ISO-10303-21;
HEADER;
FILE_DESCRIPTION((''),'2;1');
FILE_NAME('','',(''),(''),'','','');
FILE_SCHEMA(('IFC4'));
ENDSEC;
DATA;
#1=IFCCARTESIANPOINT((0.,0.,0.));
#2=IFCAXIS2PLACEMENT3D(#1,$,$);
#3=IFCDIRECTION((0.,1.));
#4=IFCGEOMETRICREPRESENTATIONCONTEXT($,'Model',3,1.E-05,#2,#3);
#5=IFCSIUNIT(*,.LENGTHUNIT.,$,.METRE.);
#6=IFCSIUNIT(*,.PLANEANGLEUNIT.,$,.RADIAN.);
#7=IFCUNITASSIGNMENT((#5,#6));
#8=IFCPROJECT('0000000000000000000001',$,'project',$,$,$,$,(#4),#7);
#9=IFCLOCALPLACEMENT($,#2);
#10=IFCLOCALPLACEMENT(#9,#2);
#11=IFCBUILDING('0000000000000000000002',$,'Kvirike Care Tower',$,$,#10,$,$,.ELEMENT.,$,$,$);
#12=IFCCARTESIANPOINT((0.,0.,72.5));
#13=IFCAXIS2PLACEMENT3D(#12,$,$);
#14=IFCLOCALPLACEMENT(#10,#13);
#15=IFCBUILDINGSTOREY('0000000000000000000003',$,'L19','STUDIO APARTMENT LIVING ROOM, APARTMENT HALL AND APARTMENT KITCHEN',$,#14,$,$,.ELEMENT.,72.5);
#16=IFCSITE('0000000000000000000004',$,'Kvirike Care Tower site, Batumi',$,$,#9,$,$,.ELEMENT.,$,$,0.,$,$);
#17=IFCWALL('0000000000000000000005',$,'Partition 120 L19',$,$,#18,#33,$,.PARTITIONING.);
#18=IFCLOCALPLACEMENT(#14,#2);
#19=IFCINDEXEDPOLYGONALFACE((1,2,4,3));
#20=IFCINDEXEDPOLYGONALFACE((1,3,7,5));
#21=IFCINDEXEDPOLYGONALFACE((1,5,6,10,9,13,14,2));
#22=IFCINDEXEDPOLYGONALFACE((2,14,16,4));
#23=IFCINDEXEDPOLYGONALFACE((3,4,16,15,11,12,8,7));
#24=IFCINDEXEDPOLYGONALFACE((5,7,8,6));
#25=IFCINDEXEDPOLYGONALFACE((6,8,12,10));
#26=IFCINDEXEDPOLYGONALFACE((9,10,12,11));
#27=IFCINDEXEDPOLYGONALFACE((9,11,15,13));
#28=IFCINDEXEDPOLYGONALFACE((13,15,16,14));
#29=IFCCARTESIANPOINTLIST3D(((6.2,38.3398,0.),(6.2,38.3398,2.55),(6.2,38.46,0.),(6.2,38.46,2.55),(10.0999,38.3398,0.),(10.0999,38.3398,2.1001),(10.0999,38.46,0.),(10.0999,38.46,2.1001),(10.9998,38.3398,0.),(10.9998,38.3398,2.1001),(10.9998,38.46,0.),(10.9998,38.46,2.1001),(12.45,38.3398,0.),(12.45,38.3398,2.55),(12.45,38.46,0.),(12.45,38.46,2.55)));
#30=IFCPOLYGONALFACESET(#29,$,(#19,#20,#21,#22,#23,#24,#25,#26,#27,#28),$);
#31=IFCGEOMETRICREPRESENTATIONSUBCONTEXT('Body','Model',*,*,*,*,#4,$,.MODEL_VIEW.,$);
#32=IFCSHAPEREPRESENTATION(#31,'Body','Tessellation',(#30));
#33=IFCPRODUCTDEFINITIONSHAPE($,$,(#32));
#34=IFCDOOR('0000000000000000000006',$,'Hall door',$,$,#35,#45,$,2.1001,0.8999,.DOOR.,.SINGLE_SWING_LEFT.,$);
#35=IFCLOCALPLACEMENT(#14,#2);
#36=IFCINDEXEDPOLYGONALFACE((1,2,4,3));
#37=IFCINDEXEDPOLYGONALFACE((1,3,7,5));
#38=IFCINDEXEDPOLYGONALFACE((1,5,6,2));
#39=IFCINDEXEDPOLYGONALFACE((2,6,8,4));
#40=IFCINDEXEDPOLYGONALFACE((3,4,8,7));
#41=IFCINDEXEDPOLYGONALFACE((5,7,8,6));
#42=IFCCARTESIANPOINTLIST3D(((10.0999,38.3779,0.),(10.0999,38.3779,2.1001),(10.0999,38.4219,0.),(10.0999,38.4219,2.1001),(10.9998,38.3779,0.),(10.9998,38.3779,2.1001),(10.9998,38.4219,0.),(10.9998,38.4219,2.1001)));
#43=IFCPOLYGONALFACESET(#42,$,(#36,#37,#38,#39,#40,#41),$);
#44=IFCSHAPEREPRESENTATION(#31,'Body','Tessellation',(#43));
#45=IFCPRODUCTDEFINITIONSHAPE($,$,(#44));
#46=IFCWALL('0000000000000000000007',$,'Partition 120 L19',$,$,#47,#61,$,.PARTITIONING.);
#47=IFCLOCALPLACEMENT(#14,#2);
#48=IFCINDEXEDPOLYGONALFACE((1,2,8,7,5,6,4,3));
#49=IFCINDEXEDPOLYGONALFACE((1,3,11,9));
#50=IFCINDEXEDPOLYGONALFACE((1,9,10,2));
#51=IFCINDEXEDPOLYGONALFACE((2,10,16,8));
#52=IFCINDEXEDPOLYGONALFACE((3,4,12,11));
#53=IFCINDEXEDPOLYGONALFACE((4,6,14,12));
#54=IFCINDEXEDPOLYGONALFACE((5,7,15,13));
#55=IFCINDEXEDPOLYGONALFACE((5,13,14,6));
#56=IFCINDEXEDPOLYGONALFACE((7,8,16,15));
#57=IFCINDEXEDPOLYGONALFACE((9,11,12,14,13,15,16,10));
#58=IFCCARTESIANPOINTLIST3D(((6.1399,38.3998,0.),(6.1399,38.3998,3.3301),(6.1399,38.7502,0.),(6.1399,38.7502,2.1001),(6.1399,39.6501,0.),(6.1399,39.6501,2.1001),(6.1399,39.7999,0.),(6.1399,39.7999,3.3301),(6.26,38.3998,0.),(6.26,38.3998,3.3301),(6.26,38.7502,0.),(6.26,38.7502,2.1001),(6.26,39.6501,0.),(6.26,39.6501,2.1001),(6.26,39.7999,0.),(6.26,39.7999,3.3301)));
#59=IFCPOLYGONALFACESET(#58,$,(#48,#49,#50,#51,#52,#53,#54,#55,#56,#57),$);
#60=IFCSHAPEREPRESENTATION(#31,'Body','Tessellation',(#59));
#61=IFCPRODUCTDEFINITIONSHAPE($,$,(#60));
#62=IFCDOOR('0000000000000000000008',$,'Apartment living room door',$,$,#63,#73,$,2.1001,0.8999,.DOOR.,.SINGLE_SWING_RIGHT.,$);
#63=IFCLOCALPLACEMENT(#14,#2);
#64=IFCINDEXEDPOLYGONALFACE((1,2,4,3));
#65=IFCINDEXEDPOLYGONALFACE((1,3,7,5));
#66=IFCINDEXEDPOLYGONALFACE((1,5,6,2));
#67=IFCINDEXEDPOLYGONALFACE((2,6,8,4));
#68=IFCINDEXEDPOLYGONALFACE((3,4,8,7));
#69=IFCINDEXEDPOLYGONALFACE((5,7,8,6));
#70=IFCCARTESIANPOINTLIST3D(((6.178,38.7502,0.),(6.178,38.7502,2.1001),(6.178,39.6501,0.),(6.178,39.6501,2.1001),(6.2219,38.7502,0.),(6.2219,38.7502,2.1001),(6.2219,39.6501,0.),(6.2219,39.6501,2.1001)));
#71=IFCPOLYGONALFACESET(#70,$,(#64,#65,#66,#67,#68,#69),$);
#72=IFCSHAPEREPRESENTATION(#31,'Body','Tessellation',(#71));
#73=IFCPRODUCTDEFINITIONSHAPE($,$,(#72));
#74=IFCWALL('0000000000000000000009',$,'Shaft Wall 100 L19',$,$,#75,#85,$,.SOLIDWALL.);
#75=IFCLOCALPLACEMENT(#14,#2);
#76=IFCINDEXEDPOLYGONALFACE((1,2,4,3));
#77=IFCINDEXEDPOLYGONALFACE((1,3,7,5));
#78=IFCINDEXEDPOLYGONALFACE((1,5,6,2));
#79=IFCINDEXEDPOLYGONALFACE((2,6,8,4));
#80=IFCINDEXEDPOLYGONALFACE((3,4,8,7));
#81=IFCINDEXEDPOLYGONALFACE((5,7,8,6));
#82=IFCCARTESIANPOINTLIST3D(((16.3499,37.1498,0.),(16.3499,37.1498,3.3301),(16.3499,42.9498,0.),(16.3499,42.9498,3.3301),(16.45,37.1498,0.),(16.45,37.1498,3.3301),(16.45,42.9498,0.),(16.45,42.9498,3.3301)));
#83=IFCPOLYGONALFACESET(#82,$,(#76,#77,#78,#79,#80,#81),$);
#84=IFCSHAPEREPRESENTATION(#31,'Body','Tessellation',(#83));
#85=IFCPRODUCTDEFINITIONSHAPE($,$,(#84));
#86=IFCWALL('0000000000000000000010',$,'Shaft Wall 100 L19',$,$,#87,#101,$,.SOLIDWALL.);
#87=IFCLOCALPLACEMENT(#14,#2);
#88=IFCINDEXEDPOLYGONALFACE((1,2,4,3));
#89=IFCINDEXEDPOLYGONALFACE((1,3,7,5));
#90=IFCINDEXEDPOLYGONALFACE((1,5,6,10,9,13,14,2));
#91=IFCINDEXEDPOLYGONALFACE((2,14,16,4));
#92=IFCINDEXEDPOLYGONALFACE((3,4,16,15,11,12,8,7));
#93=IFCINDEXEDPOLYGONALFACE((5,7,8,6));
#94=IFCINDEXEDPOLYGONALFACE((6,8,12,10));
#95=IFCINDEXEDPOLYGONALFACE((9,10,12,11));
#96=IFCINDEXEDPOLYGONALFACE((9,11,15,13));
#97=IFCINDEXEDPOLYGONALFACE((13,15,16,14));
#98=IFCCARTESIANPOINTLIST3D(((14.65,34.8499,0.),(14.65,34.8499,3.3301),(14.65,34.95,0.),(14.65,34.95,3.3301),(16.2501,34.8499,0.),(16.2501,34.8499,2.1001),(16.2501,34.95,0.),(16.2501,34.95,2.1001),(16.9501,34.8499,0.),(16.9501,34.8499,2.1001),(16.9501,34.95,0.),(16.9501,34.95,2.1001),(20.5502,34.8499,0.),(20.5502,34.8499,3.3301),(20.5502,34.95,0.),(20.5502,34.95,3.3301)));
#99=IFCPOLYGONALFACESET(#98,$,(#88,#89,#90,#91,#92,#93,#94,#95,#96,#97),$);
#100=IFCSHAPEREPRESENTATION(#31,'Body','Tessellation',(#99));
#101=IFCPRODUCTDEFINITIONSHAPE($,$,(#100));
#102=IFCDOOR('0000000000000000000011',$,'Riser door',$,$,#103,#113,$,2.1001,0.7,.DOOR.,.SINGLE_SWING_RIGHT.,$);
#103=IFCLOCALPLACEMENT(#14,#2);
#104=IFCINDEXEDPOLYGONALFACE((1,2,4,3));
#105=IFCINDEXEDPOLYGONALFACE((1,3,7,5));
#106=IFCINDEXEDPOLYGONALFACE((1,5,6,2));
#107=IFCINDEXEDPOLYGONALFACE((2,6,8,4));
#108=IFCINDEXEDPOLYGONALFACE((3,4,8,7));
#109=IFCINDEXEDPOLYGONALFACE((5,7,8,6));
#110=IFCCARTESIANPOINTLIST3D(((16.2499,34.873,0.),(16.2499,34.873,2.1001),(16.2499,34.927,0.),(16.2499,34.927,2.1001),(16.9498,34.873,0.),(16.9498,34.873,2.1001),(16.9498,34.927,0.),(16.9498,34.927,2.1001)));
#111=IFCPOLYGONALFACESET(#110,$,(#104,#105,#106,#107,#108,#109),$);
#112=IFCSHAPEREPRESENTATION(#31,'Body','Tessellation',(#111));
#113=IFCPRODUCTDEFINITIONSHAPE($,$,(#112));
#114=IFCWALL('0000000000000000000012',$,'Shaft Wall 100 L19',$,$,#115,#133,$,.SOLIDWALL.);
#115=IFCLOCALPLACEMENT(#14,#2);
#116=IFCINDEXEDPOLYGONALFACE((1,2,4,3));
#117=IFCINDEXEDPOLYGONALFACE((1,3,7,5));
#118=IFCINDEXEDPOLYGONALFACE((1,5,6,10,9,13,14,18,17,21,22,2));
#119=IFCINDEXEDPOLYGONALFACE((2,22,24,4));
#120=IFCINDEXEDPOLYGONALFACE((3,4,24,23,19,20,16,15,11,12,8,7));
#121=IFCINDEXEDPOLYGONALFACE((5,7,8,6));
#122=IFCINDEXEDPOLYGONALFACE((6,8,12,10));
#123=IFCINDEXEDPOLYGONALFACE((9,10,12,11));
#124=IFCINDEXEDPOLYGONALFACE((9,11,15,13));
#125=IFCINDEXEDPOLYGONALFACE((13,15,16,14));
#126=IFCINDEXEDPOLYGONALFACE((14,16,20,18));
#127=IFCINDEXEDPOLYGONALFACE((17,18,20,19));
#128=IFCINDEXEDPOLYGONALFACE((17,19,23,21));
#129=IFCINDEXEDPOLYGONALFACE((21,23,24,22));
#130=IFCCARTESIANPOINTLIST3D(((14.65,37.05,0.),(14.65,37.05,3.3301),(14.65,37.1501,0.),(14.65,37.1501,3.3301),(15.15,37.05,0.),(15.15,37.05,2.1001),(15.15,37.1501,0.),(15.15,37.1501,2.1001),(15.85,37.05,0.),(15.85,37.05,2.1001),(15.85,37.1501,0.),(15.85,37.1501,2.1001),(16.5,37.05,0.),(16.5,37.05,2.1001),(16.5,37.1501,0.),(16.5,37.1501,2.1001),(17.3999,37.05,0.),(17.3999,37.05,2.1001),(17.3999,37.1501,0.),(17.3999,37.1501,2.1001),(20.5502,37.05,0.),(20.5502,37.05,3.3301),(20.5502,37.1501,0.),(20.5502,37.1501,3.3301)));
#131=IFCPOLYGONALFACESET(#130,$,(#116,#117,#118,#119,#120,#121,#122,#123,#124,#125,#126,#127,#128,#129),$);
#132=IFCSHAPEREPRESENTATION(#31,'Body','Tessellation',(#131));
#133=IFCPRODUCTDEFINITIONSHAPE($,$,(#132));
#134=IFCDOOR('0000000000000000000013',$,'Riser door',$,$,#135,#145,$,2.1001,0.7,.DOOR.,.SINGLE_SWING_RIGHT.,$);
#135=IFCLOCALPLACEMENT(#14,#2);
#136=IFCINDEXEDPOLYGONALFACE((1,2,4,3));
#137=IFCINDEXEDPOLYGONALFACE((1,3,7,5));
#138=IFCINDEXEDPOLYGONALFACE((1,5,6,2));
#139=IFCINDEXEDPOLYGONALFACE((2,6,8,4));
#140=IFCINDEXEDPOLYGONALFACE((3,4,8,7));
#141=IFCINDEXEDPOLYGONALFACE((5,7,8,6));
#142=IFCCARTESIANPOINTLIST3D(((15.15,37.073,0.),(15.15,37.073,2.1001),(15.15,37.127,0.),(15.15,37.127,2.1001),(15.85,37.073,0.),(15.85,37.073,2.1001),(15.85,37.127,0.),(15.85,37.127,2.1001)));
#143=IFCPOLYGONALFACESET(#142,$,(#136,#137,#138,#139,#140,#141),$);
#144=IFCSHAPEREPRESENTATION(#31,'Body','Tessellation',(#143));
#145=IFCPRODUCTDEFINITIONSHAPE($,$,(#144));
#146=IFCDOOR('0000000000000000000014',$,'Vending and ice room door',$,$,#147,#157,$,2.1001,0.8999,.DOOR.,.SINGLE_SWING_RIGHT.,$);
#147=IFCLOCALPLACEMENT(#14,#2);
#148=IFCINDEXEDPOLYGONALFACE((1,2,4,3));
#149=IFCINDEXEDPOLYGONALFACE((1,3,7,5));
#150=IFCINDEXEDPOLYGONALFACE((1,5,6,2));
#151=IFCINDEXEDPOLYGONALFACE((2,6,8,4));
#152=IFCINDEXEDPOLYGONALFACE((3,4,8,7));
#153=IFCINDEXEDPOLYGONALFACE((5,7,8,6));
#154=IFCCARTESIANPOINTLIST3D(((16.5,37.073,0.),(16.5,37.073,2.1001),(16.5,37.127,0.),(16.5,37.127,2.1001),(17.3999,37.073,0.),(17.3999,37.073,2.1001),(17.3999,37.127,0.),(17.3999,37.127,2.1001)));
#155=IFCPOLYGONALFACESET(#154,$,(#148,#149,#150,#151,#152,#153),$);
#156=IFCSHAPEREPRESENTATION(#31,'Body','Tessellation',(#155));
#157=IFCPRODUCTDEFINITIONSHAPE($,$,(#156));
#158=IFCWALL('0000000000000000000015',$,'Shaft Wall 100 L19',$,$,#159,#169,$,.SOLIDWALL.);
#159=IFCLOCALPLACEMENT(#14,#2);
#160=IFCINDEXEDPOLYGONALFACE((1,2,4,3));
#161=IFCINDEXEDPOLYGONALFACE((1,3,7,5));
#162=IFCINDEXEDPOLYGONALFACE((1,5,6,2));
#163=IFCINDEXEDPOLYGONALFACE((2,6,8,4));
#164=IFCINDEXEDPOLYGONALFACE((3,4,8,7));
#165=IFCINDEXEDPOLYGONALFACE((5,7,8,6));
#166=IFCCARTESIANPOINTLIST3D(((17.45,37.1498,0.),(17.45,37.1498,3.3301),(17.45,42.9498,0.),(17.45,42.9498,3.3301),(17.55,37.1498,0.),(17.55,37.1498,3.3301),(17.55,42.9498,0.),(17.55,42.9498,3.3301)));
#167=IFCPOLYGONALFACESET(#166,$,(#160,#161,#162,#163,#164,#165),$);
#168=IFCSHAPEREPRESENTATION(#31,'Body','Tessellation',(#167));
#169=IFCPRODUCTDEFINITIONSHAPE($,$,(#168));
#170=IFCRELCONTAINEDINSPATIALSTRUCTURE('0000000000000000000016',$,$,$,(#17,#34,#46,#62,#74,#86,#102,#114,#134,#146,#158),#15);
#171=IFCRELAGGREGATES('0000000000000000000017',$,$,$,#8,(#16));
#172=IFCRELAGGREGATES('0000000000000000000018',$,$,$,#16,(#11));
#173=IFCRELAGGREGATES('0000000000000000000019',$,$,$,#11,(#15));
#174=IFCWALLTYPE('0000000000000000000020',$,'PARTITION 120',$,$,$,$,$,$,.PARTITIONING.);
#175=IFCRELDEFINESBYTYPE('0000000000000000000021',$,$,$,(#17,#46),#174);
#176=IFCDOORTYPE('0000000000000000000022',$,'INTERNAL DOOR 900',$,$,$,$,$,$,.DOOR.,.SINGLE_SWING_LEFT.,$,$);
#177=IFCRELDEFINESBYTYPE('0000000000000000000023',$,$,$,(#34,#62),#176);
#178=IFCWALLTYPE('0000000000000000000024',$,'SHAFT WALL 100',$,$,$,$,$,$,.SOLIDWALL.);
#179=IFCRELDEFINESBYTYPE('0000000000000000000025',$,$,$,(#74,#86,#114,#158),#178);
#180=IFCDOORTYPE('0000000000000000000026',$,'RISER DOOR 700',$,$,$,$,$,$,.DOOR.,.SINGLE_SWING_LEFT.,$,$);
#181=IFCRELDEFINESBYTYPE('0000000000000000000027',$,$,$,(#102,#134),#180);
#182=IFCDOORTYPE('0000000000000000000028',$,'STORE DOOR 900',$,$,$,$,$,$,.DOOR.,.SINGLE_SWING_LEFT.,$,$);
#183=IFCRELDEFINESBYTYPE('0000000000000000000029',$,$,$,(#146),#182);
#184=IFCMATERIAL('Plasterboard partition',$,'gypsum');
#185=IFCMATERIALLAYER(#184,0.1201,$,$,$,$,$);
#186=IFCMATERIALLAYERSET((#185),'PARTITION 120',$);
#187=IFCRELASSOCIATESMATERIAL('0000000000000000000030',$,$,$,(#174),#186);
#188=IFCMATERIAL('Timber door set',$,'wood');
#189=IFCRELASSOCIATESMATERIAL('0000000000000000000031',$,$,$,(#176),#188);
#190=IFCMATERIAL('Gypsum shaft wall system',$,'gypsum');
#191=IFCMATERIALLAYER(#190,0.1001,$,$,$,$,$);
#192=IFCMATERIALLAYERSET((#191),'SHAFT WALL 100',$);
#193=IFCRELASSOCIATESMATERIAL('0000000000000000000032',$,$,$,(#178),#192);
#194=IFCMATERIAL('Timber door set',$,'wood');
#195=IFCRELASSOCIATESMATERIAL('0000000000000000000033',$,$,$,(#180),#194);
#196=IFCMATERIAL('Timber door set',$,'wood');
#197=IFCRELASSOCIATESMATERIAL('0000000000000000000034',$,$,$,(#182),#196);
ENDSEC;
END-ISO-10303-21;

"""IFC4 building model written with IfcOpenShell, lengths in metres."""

from ifc_helpers import new_model, si_unit, direction, frame, frame_2d, origin, place, context, subcontext, project, spatial, rectangle, extrude, material, layer, layer_set, type_object, element, fill, save


model = new_model("IFC4")

# Units and contexts
model_context = context("Model", 3, precision=1e-05, world=origin(), true_north=direction((0.0, 1.0)))
body_context = subcontext(model_context, "Body", "Model", "MODEL_VIEW")
ifc_project = project(units=[si_unit("LENGTHUNIT", "METRE"), si_unit("PLANEANGLEUNIT", "RADIAN")], contexts=[model_context])

# Site, building, storey
site_placement = place(None, origin())
site = spatial("IfcSite", under=ifc_project, at=site_placement, Name="Kvirike Care Tower site, Batumi", CompositionType="ELEMENT", RefElevation=0.0)
building_placement = place(site_placement, origin())
building = spatial("IfcBuilding", under=site, at=building_placement, Name="Kvirike Care Tower", CompositionType="ELEMENT")
storey_placement = place(building_placement, frame((0.0, 0.0, 72.5)))
storey = spatial("IfcBuildingStorey", under=building, at=storey_placement, Name="L19", Description="STUDIO APARTMENT LIVING ROOM, APARTMENT HALL AND APARTMENT KITCHEN", CompositionType="ELEMENT", Elevation=72.5)

# Walls, openings, doors
ifc_material_1 = material(Name="Plasterboard partition", Category="gypsum")
ifc_layer_1 = layer(ifc_material_1, 0.1201)
ifc_layer_set_1 = layer_set([ifc_layer_1], Name="PARTITION 120")
wall_type_1 = type_object("IfcWallType", Name="PARTITION 120", PredefinedType="PARTITIONING", material=ifc_layer_set_1)
wall_1_placement = place(storey_placement, frame((6.2, 38.3999, 0.0), z_axis=(0.0, 0.0, 1.0), x_axis=(1.0, 0.0, 0.0)))
wall_1 = element("IfcWall", 1, at=wall_1_placement, inside=storey, type_object=wall_type_1, Name="Partition 120 L19", PredefinedType="PARTITIONING", context=body_context, shape_type="SweptSolid", body=[
    extrude(rectangle(XDim=6.25, YDim=0.1201, at=frame_2d((3.125, 0.0))), origin(), (0.0, 0.0, 1.0), 2.55),
])
opening_1_placement = place(wall_1_placement, frame((3.8999, 0.0, 0.0)))
opening_1 = element("IfcOpeningElement", 2, at=opening_1_placement, cuts=wall_1, PredefinedType="OPENING", context=body_context, shape_type="SweptSolid", body=[
    extrude(rectangle(XDim=0.8999, YDim=2.1001, at=frame_2d((0.45, 1.05))), frame((0.0, 0.0706, 0.0), z_axis=(0.0, -1.0, 0.0), x_axis=(1.0, 0.0, 0.0)), (0.0, 0.0, 1.0), 0.1411),
])
ifc_material_2 = material(Name="Timber door set", Category="wood")
door_type_1 = type_object("IfcDoorType", Name="INTERNAL DOOR 900", OperationType="SINGLE_SWING_LEFT", PredefinedType="DOOR", material=ifc_material_2)
door_1_placement = place(opening_1_placement, origin())
door_1 = element("IfcDoor", 3, at=door_1_placement, inside=storey, type_object=door_type_1, Name="Hall door", OperationType="SINGLE_SWING_LEFT", OverallHeight=2.1001, OverallWidth=0.8999, PredefinedType="DOOR", context=body_context, shape_type="SweptSolid", body=[
    extrude(rectangle(XDim=0.8999, YDim=2.1001, at=frame_2d((0.45, 1.05))), frame((0.0, 0.022, 0.0), z_axis=(0.0, -1.0, 0.0), x_axis=(1.0, 0.0, 0.0)), (0.0, 0.0, 1.0), 0.0439),
])
fill(opening_1, door_1)
wall_2_placement = place(storey_placement, frame((6.2, 39.8, 0.0), z_axis=(0.0, 0.0, 1.0), x_axis=(0.0, -1.0, 0.0)))
wall_2 = element("IfcWall", 4, at=wall_2_placement, inside=storey, type_object=wall_type_1, Name="Partition 120 L19", PredefinedType="PARTITIONING", context=body_context, shape_type="SweptSolid", body=[
    extrude(rectangle(XDim=1.4001, YDim=0.1201, at=frame_2d((0.7002, 0.0))), origin(), (0.0, 0.0, 1.0), 3.3301),
])
opening_2_placement = place(wall_2_placement, frame((0.1499, 0.0, 0.0)))
opening_2 = element("IfcOpeningElement", 5, at=opening_2_placement, cuts=wall_2, PredefinedType="OPENING", context=body_context, shape_type="SweptSolid", body=[
    extrude(rectangle(XDim=0.8999, YDim=2.1001, at=frame_2d((0.45, 1.05))), frame((0.0, 0.0706, 0.0), z_axis=(0.0, -1.0, 0.0), x_axis=(1.0, 0.0, 0.0)), (0.0, 0.0, 1.0), 0.1411),
])
door_2_placement = place(opening_2_placement, origin())
door_2 = element("IfcDoor", 6, at=door_2_placement, inside=storey, type_object=door_type_1, Name="Apartment living room door", OperationType="SINGLE_SWING_RIGHT", OverallHeight=2.1001, OverallWidth=0.8999, PredefinedType="DOOR", context=body_context, shape_type="SweptSolid", body=[
    extrude(rectangle(XDim=0.8999, YDim=2.1001, at=frame_2d((0.45, 1.05))), frame((0.0, 0.022, 0.0), z_axis=(0.0, -1.0, 0.0), x_axis=(1.0, 0.0, 0.0)), (0.0, 0.0, 1.0), 0.0439),
])
fill(opening_2, door_2)

# Wall
ifc_material_3 = material(Name="Gypsum shaft wall system", Category="gypsum")
ifc_layer_2 = layer(ifc_material_3, 0.1001)
ifc_layer_set_2 = layer_set([ifc_layer_2], Name="SHAFT WALL 100")
wall_type_2 = type_object("IfcWallType", Name="SHAFT WALL 100", PredefinedType="SOLIDWALL", material=ifc_layer_set_2)
wall_3_placement = place(storey_placement, frame((16.3999, 37.1499, 0.0), z_axis=(0.0, 0.0, 1.0), x_axis=(0.0, 1.0, 0.0)))
element("IfcWall", 7, at=wall_3_placement, inside=storey, type_object=wall_type_2, Name="Shaft Wall 100 L19", PredefinedType="SOLIDWALL", context=body_context, shape_type="SweptSolid", body=[
    extrude(rectangle(XDim=5.8, YDim=0.1001, at=frame_2d((2.8999, 0.0))), origin(), (0.0, 0.0, 1.0), 3.3301),
])

# Wall, opening, door
wall_4_placement = place(storey_placement, frame((14.6499, 34.8999, 0.0), z_axis=(0.0, 0.0, 1.0), x_axis=(1.0, 0.0, 0.0)))
wall_4 = element("IfcWall", 8, at=wall_4_placement, inside=storey, type_object=wall_type_2, Name="Shaft Wall 100 L19", PredefinedType="SOLIDWALL", context=body_context, shape_type="SweptSolid", body=[
    extrude(rectangle(XDim=5.9001, YDim=0.1001, at=frame_2d((2.9502, 0.0))), origin(), (0.0, 0.0, 1.0), 3.3301),
])
opening_3_placement = place(wall_4_placement, frame((1.6001, 0.0, 0.0)))
opening_3 = element("IfcOpeningElement", 9, at=opening_3_placement, cuts=wall_4, PredefinedType="OPENING", context=body_context, shape_type="SweptSolid", body=[
    extrude(rectangle(XDim=0.7, YDim=2.1001, at=frame_2d((0.3501, 1.05))), frame((0.0, 0.0605, 0.0), z_axis=(0.0, -1.0, 0.0), x_axis=(1.0, 0.0, 0.0)), (0.0, 0.0, 1.0), 0.1211),
])
ifc_material_4 = material(Name="Timber door set", Category="wood")
door_type_2 = type_object("IfcDoorType", Name="RISER DOOR 700", OperationType="SINGLE_SWING_LEFT", PredefinedType="DOOR", material=ifc_material_4)
door_3_placement = place(opening_3_placement, frame((0.7, 0.0, 0.0), z_axis=(0.0, 0.0, 1.0), x_axis=(-1.0, 0.0, 0.0)))
door_3 = element("IfcDoor", 10, at=door_3_placement, inside=storey, type_object=door_type_2, Name="Riser door", OperationType="SINGLE_SWING_RIGHT", OverallHeight=2.1001, OverallWidth=0.7, PredefinedType="DOOR", context=body_context, shape_type="SweptSolid", body=[
    extrude(rectangle(XDim=0.7, YDim=2.1001, at=frame_2d((0.3501, 1.05))), frame((0.0, 0.0269, 0.0), z_axis=(0.0, -1.0, 0.0), x_axis=(1.0, 0.0, 0.0)), (0.0, 0.0, 1.0), 0.054),
])
fill(opening_3, door_3)

# Wall, openings, doors
wall_5_placement = place(storey_placement, frame((14.6499, 37.1001, 0.0), z_axis=(0.0, 0.0, 1.0), x_axis=(1.0, 0.0, 0.0)))
wall_5 = element("IfcWall", 11, at=wall_5_placement, inside=storey, type_object=wall_type_2, Name="Shaft Wall 100 L19", PredefinedType="SOLIDWALL", context=body_context, shape_type="SweptSolid", body=[
    extrude(rectangle(XDim=5.9001, YDim=0.1001, at=frame_2d((2.9502, 0.0))), origin(), (0.0, 0.0, 1.0), 3.3301),
])
opening_4_placement = place(wall_5_placement, frame((0.5, 0.0, 0.0)))
opening_4 = element("IfcOpeningElement", 12, at=opening_4_placement, cuts=wall_5, PredefinedType="OPENING", context=body_context, shape_type="SweptSolid", body=[
    extrude(rectangle(XDim=0.7, YDim=2.1001, at=frame_2d((0.3501, 1.05))), frame((0.0, 0.0605, 0.0), z_axis=(0.0, -1.0, 0.0), x_axis=(1.0, 0.0, 0.0)), (0.0, 0.0, 1.0), 0.1211),
])
opening_5_placement = place(wall_5_placement, frame((1.8501, 0.0, 0.0)))
opening_5 = element("IfcOpeningElement", 13, at=opening_5_placement, cuts=wall_5, PredefinedType="OPENING", context=body_context, shape_type="SweptSolid", body=[
    extrude(rectangle(XDim=0.8999, YDim=2.1001, at=frame_2d((0.45, 1.05))), frame((0.0, 0.0605, 0.0), z_axis=(0.0, -1.0, 0.0), x_axis=(1.0, 0.0, 0.0)), (0.0, 0.0, 1.0), 0.1211),
])
door_4_placement = place(opening_4_placement, origin())
door_4 = element("IfcDoor", 14, at=door_4_placement, inside=storey, type_object=door_type_2, Name="Riser door", OperationType="SINGLE_SWING_RIGHT", OverallHeight=2.1001, OverallWidth=0.7, PredefinedType="DOOR", context=body_context, shape_type="SweptSolid", body=[
    extrude(rectangle(XDim=0.7, YDim=2.1001, at=frame_2d((0.3501, 1.05))), frame((0.0, 0.0269, 0.0), z_axis=(0.0, -1.0, 0.0), x_axis=(1.0, 0.0, 0.0)), (0.0, 0.0, 1.0), 0.054),
])
fill(opening_4, door_4)
ifc_material_5 = material(Name="Timber door set", Category="wood")
door_type_3 = type_object("IfcDoorType", Name="STORE DOOR 900", OperationType="SINGLE_SWING_LEFT", PredefinedType="DOOR", material=ifc_material_5)
door_5_placement = place(opening_5_placement, origin())
door_5 = element("IfcDoor", 15, at=door_5_placement, inside=storey, type_object=door_type_3, Name="Vending and ice room door", OperationType="SINGLE_SWING_RIGHT", OverallHeight=2.1001, OverallWidth=0.8999, PredefinedType="DOOR", context=body_context, shape_type="SweptSolid", body=[
    extrude(rectangle(XDim=0.8999, YDim=2.1001, at=frame_2d((0.45, 1.05))), frame((0.0, 0.0269, 0.0), z_axis=(0.0, -1.0, 0.0), x_axis=(1.0, 0.0, 0.0)), (0.0, 0.0, 1.0), 0.054),
])
fill(opening_5, door_5)

# Wall
wall_6_placement = place(storey_placement, frame((17.5, 37.1499, 0.0), z_axis=(0.0, 0.0, 1.0), x_axis=(0.0, 1.0, 0.0)))
element("IfcWall", 16, at=wall_6_placement, inside=storey, type_object=wall_type_2, Name="Shaft Wall 100 L19", PredefinedType="SOLIDWALL", context=body_context, shape_type="SweptSolid", body=[
    extrude(rectangle(XDim=5.8, YDim=0.1001, at=frame_2d((2.8999, 0.0))), origin(), (0.0, 0.0, 1.0), 3.3301),
])

save(model, "model.ifc")
